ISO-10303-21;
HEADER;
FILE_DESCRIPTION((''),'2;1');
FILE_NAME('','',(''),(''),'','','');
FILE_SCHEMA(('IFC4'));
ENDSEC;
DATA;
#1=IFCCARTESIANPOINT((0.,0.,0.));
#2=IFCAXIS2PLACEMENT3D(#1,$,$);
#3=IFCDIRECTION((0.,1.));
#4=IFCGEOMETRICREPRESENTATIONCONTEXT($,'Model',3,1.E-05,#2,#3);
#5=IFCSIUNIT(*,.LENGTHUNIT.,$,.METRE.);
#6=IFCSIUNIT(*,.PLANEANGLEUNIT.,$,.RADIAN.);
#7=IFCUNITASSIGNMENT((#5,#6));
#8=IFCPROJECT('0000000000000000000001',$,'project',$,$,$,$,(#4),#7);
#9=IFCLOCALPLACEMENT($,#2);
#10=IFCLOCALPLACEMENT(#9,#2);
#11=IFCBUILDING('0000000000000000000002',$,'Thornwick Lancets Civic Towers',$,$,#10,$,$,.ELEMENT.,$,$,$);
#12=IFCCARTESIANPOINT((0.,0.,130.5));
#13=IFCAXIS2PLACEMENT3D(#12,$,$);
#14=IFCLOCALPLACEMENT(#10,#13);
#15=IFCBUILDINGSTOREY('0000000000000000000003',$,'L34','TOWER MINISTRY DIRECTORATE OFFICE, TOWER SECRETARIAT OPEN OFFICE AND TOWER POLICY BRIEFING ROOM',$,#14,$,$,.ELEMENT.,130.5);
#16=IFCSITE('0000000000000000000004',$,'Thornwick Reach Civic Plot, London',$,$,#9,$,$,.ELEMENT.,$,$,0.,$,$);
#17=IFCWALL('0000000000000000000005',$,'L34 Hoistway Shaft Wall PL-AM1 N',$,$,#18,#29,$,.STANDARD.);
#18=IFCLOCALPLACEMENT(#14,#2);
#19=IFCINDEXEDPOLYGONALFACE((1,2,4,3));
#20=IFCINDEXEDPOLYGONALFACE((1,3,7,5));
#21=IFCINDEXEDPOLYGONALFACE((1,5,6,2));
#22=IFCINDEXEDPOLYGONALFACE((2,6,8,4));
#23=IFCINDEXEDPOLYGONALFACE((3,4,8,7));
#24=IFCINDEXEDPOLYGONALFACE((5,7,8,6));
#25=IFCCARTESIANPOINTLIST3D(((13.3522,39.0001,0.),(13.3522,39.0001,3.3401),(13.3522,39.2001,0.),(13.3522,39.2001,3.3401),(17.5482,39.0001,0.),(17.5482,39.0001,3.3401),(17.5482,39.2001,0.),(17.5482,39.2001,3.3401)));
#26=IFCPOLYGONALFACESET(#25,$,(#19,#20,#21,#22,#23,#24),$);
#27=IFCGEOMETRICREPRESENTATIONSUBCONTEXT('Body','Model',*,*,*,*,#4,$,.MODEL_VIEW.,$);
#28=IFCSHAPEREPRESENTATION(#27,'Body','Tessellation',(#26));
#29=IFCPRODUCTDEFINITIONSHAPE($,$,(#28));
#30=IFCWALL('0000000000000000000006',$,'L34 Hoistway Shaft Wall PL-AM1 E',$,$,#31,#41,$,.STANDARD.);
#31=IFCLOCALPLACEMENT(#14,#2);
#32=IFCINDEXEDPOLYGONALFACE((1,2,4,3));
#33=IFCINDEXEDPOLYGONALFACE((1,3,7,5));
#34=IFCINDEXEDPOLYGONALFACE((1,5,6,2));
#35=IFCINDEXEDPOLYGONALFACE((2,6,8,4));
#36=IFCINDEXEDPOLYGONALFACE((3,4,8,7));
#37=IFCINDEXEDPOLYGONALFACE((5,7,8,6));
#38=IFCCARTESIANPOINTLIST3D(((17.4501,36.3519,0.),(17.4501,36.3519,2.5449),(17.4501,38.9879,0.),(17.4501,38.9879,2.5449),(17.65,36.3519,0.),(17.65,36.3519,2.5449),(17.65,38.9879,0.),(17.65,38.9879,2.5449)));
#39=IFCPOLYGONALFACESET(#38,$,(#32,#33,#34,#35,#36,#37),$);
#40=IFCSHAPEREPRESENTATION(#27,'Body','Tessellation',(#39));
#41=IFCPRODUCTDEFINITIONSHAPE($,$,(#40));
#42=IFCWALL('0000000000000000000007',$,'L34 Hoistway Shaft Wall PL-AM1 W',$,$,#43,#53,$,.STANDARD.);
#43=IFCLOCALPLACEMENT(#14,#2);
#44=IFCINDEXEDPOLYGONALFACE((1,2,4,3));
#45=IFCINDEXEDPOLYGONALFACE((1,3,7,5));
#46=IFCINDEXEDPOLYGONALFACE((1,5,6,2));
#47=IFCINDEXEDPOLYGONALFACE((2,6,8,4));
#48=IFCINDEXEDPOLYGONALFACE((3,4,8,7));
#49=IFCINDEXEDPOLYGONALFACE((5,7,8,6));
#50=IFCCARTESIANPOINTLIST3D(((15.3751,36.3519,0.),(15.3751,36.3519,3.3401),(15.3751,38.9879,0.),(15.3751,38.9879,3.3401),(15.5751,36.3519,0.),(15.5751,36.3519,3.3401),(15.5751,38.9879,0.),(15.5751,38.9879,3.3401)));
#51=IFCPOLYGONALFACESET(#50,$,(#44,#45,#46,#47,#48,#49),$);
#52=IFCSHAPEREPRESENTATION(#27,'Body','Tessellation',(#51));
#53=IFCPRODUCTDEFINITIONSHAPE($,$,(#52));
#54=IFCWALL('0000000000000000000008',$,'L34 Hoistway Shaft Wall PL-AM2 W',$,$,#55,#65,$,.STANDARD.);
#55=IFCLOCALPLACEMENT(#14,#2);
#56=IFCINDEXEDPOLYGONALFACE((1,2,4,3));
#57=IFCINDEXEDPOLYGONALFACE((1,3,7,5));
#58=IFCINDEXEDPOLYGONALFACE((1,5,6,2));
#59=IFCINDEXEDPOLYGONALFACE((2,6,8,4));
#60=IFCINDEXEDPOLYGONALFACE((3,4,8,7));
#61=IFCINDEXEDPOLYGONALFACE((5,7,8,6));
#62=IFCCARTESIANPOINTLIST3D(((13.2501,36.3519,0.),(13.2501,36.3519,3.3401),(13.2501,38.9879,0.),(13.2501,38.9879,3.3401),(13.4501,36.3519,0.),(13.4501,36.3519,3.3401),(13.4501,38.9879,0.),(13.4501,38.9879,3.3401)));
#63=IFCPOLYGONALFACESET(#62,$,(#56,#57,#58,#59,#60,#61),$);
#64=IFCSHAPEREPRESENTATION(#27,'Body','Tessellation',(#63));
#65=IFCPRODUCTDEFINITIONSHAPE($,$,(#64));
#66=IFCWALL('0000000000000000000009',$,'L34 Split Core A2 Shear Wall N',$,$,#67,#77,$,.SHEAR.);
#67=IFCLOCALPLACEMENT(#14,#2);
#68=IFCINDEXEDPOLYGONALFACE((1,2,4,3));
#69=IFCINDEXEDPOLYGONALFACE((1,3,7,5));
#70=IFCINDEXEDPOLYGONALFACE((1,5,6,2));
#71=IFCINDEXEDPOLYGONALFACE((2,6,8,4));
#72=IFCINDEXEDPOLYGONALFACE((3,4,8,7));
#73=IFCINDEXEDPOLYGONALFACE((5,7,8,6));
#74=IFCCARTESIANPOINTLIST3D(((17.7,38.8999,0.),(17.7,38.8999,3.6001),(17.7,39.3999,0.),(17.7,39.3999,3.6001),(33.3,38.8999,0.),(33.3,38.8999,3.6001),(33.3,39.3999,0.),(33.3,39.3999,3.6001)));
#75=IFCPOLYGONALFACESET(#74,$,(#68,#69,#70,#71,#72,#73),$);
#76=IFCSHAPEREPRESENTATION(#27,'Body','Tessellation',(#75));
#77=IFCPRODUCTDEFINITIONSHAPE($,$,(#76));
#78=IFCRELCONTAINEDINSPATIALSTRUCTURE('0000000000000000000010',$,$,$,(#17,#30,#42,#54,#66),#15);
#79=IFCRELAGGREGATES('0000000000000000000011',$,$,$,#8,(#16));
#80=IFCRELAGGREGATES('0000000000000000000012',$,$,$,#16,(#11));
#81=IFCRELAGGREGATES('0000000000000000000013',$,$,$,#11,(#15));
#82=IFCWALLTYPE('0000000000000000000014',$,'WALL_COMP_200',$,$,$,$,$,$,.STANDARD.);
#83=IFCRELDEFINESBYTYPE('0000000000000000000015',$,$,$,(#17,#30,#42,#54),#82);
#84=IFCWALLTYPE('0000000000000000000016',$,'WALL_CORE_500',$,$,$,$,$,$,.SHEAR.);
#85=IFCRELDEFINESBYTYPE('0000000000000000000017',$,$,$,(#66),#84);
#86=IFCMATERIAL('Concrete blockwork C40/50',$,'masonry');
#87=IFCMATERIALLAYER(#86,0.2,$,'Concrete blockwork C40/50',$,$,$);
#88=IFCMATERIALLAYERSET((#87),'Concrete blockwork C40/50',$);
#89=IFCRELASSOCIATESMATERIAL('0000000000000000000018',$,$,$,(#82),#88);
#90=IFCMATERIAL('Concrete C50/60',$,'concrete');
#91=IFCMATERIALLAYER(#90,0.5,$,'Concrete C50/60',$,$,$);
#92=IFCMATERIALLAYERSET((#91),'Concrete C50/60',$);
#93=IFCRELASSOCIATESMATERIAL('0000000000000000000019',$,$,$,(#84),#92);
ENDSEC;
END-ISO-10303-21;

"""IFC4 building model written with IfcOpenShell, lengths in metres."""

from ifc_helpers import new_model, si_unit, direction, frame, frame_2d, origin, place, context, subcontext, project, spatial, rectangle, extrude, material, layer, layer_set, type_object, element, save


model = new_model("IFC4")

# Units and contexts
model_context = context("Model", 3, precision=1e-05, world=origin(), true_north=direction((0.0, 1.0)))
body_context = subcontext(model_context, "Body", "Model", "MODEL_VIEW")
ifc_project = project(units=[si_unit("LENGTHUNIT", "METRE"), si_unit("PLANEANGLEUNIT", "RADIAN")], contexts=[model_context])

# Site, building, storey
site_placement = place(None, origin())
site = spatial("IfcSite", under=ifc_project, at=site_placement, Name="Thornwick Reach Civic Plot, London", CompositionType="ELEMENT", RefElevation=0.0)
building_placement = place(site_placement, origin())
building = spatial("IfcBuilding", under=site, at=building_placement, Name="Thornwick Lancets Civic Towers", CompositionType="ELEMENT")
storey_placement = place(building_placement, frame((0.0, 0.0, 130.5)))
storey = spatial("IfcBuildingStorey", under=building, at=storey_placement, Name="L34", Description="TOWER MINISTRY DIRECTORATE OFFICE, TOWER SECRETARIAT OPEN OFFICE AND TOWER POLICY BRIEFING ROOM", CompositionType="ELEMENT", Elevation=130.5)

# Shared definitions
ifc_material_1 = material(Name="Concrete blockwork C40/50", Category="masonry")
ifc_layer_1 = layer(ifc_material_1, 0.2, Name="Concrete blockwork C40/50")
ifc_layer_set_1 = layer_set([ifc_layer_1], Name="Concrete blockwork C40/50")
wall_type_1 = type_object("IfcWallType", Name="WALL_COMP_200", PredefinedType="STANDARD", material=ifc_layer_set_1)

# Walls
wall_1_placement = place(storey_placement, frame((13.3521, 39.1001, 0.0), z_axis=(0.0, 0.0, 1.0), x_axis=(1.0, 0.0, 0.0)))
element("IfcWall", 1, at=wall_1_placement, inside=storey, type_object=wall_type_1, Name="L34 Hoistway Shaft Wall PL-AM1 N", PredefinedType="STANDARD", context=body_context, shape_type="SweptSolid", body=[
    extrude(rectangle(XDim=4.196, YDim=0.2, at=frame_2d((2.0981, 0.0))), origin(), (0.0, 0.0, 1.0), 3.3401),
])
wall_2_placement = place(storey_placement, frame((17.55, 36.3521, 0.0), z_axis=(0.0, 0.0, 1.0), x_axis=(0.0, 1.0, 0.0)))
element("IfcWall", 2, at=wall_2_placement, inside=storey, type_object=wall_type_1, Name="L34 Hoistway Shaft Wall PL-AM1 E", PredefinedType="STANDARD", context=body_context, shape_type="SweptSolid", body=[
    extrude(rectangle(XDim=2.636, YDim=0.2, at=frame_2d((1.3179, 0.0))), origin(), (0.0, 0.0, 1.0), 2.5449),
])
for number, where, z_axis, x_axis, name in (
    (3, (15.4751, 36.3521, 0.0), (0.0, 0.0, 1.0), (0.0, 1.0, 0.0), "L34 Hoistway Shaft Wall PL-AM1 W"),
    (4, (13.3501, 36.3521, 0.0), (0.0, 0.0, 1.0), (0.0, 1.0, 0.0), "L34 Hoistway Shaft Wall PL-AM2 W"),
):
    element("IfcWall", number, at=place(storey_placement, frame(where, z_axis=z_axis, x_axis=x_axis)), inside=storey, type_object=wall_type_1, Name=name, PredefinedType="STANDARD", context=body_context, shape_type="SweptSolid", body=[
        extrude(rectangle(XDim=2.636, YDim=0.2, at=frame_2d((1.3179, 0.0))), origin(), (0.0, 0.0, 1.0), 3.3401),
    ])
ifc_material_2 = material(Name="Concrete C50/60", Category="concrete")
ifc_layer_2 = layer(ifc_material_2, 0.5, Name="Concrete C50/60")
ifc_layer_set_2 = layer_set([ifc_layer_2], Name="Concrete C50/60")
wall_type_2 = type_object("IfcWallType", Name="WALL_CORE_500", PredefinedType="SHEAR", material=ifc_layer_set_2)
wall_3_placement = place(storey_placement, frame((17.7, 39.1499, 0.0), z_axis=(0.0, 0.0, 1.0), x_axis=(1.0, 0.0, 0.0)))
element("IfcWall", 5, at=wall_3_placement, inside=storey, type_object=wall_type_2, Name="L34 Split Core A2 Shear Wall N", PredefinedType="SHEAR", context=body_context, shape_type="SweptSolid", body=[
    extrude(rectangle(XDim=15.6001, YDim=0.5, at=frame_2d((7.8, 0.0))), origin(), (0.0, 0.0, 1.0), 3.6001),
])

save(model, "model.ifc")
